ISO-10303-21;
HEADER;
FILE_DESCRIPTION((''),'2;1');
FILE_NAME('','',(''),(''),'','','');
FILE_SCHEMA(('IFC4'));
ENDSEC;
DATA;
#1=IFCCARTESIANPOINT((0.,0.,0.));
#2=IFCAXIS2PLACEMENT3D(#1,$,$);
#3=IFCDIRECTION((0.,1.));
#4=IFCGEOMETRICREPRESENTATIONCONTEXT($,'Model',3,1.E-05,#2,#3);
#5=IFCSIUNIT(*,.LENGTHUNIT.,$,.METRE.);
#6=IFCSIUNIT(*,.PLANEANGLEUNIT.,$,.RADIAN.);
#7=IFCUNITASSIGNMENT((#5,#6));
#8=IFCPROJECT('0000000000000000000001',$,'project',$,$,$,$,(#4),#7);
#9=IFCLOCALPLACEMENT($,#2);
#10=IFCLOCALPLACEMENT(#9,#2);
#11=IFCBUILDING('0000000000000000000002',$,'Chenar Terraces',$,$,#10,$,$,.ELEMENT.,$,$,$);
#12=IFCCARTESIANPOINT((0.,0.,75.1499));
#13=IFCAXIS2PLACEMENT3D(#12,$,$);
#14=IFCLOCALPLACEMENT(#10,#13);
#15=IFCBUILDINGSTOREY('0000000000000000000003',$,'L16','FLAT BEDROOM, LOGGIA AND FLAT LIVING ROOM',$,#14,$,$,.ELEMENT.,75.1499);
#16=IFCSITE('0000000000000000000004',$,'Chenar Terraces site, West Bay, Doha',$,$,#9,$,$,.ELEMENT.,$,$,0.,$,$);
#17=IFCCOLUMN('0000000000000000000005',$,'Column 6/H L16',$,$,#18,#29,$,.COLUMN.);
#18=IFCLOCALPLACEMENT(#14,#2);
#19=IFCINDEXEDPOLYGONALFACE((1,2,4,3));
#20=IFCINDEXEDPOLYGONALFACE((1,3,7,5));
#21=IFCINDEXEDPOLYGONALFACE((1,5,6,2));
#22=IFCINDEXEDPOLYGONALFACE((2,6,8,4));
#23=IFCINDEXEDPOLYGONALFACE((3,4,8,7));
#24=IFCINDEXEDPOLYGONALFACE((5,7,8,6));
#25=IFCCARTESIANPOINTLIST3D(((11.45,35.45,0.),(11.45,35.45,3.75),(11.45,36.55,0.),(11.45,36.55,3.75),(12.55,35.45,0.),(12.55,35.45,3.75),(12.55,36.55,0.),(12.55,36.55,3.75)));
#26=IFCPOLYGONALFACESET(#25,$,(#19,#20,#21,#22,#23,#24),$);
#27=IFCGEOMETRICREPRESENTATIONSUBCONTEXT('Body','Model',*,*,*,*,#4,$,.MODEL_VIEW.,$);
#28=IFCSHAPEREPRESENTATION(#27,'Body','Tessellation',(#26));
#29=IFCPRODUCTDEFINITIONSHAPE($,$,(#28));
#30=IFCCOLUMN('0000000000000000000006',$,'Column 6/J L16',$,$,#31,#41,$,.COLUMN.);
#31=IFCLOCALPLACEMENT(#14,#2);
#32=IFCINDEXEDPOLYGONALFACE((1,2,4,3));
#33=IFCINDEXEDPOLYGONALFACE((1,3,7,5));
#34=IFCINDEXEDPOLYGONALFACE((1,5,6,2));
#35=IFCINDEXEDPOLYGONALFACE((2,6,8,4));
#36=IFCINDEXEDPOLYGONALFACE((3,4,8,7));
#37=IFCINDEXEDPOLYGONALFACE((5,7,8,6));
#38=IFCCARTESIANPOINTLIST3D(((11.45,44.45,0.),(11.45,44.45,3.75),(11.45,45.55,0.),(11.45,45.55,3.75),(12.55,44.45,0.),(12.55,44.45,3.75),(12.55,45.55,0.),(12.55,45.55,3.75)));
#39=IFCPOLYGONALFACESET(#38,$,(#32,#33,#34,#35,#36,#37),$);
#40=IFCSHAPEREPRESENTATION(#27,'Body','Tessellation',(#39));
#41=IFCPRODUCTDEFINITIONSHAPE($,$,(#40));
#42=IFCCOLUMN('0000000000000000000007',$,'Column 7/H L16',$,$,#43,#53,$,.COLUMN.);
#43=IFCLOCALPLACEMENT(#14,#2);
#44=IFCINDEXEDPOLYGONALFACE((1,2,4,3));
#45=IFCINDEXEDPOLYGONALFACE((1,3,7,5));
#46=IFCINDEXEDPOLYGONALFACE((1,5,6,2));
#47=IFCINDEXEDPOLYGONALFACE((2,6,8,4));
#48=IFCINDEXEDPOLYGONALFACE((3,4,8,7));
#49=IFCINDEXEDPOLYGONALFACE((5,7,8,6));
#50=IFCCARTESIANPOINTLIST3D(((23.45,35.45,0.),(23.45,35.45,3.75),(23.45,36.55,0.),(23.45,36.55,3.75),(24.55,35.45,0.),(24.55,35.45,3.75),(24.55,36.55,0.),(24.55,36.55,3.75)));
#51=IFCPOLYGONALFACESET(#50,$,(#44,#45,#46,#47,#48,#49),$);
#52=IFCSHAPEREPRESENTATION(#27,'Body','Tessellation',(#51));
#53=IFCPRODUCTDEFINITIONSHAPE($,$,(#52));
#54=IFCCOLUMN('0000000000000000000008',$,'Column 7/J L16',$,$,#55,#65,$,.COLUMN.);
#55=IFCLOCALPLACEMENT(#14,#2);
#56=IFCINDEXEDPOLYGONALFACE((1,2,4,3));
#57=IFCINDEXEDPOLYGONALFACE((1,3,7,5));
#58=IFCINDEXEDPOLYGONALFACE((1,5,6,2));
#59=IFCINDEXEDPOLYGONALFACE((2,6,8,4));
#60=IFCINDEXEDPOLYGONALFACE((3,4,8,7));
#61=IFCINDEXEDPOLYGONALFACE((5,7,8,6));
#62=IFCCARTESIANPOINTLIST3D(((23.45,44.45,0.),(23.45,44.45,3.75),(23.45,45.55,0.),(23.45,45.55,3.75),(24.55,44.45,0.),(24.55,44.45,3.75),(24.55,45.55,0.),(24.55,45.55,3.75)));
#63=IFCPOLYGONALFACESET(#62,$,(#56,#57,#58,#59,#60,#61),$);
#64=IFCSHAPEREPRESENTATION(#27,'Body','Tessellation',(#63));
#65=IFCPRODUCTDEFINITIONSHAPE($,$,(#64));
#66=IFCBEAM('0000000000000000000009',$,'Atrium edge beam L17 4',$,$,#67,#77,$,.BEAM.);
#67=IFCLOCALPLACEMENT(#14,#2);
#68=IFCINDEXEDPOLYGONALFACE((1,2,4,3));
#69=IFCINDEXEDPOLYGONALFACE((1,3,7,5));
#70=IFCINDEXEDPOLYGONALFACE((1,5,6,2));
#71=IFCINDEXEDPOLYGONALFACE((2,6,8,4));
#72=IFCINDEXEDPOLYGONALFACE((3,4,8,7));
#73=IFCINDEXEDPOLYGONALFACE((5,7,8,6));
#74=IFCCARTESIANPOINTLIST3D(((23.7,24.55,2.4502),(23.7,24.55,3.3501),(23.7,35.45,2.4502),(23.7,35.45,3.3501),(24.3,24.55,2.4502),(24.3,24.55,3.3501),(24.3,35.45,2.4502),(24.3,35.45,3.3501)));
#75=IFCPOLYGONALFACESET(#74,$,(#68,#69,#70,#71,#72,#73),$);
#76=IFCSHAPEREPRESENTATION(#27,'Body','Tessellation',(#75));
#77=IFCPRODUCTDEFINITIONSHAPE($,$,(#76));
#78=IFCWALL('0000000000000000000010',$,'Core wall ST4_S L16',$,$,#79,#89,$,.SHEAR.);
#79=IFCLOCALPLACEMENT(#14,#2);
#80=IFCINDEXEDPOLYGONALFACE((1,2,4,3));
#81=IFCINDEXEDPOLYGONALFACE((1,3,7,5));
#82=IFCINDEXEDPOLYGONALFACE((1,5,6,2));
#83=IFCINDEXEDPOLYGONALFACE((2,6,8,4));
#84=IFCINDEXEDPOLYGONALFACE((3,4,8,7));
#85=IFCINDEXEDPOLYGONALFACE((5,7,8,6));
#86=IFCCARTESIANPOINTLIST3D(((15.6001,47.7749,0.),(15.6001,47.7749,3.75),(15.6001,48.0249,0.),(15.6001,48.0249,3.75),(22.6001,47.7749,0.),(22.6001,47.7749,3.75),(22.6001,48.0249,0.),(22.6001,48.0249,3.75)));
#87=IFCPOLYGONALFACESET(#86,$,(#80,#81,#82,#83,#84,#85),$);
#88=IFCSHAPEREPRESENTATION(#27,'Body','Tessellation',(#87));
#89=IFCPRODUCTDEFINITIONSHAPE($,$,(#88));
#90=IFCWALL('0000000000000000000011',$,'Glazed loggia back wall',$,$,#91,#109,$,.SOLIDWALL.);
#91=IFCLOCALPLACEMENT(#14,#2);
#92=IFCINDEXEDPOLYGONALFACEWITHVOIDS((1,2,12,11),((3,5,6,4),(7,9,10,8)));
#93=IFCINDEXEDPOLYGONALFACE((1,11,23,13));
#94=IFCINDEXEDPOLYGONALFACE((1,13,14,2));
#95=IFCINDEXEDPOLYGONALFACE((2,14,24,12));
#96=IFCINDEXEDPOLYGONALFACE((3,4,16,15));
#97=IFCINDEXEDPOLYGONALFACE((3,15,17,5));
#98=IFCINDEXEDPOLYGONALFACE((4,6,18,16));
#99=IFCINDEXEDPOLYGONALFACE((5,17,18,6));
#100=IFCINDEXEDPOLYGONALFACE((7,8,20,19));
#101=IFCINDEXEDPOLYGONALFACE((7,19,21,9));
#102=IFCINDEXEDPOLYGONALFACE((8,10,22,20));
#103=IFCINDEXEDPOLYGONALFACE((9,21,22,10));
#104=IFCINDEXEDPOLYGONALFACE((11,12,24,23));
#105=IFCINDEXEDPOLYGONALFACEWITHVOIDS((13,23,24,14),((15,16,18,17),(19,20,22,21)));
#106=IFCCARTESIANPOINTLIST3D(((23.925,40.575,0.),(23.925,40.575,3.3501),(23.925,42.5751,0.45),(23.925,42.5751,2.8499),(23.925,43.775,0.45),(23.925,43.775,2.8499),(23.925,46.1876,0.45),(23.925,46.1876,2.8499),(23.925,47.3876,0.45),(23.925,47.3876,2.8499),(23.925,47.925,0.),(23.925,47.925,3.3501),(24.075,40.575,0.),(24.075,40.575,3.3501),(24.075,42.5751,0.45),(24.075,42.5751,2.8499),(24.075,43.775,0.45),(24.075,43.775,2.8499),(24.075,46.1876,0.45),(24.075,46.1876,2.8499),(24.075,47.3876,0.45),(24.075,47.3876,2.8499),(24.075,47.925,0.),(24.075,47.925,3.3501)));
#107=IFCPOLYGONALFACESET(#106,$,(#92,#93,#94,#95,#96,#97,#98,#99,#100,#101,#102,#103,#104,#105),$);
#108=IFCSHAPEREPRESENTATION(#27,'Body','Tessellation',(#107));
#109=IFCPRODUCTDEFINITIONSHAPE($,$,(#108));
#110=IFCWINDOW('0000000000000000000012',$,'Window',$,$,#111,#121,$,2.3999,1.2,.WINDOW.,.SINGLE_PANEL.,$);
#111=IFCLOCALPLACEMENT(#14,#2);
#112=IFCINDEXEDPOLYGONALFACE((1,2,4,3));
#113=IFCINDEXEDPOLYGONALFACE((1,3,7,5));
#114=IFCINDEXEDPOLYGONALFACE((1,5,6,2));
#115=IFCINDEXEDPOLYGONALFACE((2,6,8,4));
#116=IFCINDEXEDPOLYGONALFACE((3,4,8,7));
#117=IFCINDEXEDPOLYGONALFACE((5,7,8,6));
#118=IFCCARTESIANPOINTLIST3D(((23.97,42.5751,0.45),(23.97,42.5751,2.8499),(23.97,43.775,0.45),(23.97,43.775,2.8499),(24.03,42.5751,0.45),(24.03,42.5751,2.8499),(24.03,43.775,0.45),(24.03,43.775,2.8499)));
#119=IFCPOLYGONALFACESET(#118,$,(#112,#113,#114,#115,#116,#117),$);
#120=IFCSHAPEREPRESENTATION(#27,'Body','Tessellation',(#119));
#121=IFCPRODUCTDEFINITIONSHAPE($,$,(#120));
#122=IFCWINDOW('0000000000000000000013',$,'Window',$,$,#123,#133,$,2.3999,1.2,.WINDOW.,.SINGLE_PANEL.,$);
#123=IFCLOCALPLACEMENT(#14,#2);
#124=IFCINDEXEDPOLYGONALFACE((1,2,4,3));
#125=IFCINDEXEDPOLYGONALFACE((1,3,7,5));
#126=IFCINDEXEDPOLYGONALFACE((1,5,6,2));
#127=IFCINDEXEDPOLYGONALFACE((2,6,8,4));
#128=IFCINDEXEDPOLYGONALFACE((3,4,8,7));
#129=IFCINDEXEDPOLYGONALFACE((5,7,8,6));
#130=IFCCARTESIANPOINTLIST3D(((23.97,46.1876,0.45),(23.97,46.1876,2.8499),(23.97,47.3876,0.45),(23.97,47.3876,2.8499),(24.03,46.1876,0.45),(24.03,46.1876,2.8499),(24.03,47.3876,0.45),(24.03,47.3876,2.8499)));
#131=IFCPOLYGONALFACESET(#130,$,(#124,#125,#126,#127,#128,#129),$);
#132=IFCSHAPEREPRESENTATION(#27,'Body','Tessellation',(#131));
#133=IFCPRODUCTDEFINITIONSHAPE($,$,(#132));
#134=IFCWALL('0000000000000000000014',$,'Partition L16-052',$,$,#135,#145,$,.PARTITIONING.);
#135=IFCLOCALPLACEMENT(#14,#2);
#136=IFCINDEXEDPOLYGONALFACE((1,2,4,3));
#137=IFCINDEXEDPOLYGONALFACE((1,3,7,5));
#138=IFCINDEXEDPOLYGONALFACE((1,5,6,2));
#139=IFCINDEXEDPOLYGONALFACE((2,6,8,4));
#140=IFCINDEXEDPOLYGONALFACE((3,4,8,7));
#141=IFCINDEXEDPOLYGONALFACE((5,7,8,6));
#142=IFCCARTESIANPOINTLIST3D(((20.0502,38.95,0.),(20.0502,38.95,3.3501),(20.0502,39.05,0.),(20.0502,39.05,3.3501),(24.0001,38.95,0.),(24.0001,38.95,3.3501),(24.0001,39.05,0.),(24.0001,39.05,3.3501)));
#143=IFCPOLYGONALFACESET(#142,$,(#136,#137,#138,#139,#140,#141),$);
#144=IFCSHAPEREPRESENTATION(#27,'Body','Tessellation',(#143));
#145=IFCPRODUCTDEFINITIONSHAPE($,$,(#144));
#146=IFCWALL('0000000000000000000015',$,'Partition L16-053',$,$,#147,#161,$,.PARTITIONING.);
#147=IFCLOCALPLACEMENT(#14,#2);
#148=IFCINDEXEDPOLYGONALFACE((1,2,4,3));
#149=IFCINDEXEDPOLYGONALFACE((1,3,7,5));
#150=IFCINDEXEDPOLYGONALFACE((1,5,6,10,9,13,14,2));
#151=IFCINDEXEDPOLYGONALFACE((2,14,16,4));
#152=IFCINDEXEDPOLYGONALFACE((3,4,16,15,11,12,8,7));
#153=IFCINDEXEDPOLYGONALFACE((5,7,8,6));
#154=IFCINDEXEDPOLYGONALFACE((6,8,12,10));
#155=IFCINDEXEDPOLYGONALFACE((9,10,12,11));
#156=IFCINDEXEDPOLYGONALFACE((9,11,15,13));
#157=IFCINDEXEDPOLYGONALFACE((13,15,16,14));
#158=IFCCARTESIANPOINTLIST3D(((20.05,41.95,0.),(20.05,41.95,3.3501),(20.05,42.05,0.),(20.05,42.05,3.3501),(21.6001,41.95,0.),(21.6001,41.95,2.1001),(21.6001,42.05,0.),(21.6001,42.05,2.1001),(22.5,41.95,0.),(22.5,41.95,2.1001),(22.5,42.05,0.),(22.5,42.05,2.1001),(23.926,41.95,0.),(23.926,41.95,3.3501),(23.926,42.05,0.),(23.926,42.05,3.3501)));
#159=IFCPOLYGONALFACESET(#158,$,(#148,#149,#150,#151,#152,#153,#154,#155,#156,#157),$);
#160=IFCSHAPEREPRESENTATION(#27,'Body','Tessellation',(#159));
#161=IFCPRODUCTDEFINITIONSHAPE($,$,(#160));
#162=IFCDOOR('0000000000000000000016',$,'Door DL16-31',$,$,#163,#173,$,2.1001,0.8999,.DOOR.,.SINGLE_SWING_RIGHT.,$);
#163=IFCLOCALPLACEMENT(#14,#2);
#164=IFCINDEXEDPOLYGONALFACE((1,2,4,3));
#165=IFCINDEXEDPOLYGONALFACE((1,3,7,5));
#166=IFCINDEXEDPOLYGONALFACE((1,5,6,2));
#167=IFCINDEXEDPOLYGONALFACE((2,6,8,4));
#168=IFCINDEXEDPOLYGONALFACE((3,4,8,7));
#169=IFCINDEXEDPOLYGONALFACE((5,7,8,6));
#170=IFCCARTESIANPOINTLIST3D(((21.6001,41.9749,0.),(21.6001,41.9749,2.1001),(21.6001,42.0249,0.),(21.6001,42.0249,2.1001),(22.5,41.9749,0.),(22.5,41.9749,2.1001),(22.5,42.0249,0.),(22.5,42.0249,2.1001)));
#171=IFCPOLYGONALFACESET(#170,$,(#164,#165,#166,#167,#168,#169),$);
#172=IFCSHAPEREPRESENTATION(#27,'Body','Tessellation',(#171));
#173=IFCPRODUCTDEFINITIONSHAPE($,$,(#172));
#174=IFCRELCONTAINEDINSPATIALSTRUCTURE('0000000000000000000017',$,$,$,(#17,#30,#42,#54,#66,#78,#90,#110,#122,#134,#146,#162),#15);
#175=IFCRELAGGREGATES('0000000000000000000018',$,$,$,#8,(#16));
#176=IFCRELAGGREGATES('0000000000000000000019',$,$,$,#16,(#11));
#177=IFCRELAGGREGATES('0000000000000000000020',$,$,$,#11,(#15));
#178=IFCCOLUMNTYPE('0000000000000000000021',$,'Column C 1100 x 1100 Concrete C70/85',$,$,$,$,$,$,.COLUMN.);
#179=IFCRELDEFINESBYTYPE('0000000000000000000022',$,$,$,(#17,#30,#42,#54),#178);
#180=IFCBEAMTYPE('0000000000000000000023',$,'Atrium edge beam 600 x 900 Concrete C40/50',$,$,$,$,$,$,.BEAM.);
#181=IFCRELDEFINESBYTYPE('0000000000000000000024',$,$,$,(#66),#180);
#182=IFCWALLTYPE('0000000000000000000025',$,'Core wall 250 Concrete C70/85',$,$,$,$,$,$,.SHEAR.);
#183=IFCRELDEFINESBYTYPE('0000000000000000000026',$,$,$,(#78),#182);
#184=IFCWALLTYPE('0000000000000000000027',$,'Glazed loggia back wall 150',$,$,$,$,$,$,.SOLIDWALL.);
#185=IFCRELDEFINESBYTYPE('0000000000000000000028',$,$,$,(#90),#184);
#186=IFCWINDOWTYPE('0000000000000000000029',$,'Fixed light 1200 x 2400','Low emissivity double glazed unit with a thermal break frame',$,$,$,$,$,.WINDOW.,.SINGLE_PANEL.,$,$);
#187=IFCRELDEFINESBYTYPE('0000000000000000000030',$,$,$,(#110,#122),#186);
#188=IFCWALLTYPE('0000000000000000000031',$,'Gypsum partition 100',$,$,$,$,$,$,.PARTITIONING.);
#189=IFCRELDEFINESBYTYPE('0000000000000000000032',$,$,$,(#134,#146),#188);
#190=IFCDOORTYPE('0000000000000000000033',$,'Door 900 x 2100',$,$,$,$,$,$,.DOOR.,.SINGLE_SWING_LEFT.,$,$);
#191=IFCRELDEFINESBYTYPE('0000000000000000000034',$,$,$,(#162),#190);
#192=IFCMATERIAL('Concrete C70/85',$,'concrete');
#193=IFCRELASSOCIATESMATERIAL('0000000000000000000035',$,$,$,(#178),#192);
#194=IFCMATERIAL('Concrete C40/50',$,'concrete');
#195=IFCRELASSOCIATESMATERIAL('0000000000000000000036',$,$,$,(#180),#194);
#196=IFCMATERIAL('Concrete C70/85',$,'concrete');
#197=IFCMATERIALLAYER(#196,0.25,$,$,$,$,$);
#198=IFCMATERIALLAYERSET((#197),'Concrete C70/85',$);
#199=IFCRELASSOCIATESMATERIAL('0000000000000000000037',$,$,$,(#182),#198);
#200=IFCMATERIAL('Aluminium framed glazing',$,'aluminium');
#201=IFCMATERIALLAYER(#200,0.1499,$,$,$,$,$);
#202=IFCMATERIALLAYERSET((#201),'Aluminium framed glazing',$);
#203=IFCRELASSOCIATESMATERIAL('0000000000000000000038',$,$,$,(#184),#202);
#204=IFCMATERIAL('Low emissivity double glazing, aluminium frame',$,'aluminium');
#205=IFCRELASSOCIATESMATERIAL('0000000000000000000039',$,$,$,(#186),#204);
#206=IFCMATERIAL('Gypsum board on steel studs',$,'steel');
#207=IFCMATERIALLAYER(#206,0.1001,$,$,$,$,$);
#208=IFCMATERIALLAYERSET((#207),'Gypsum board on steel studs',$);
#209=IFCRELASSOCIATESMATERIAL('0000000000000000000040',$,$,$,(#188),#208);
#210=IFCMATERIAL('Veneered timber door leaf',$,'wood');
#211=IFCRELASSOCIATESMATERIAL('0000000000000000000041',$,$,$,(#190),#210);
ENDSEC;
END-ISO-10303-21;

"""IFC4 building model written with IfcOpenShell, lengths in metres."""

from ifc_helpers import new_model, si_unit, direction, frame, frame_2d, origin, origin_2d, place, context, subcontext, project, spatial, rectangle, extrude, material, layer, layer_set, material_profile, profile_set, type_object, element, fill, save


model = new_model("IFC4")

# Units and contexts
model_context = context("Model", 3, precision=1e-05, world=origin(), true_north=direction((0.0, 1.0)))
body_context = subcontext(model_context, "Body", "Model", "MODEL_VIEW")
ifc_project = project(units=[si_unit("LENGTHUNIT", "METRE"), si_unit("PLANEANGLEUNIT", "RADIAN")], contexts=[model_context])

# Site, building, storey
site_placement = place(None, origin())
site = spatial("IfcSite", under=ifc_project, at=site_placement, Name="Chenar Terraces site, West Bay, Doha", CompositionType="ELEMENT", RefElevation=0.0)
building_placement = place(site_placement, origin())
building = spatial("IfcBuilding", under=site, at=building_placement, Name="Chenar Terraces", CompositionType="ELEMENT")
storey_placement = place(building_placement, frame((0.0, 0.0, 75.1499)))
storey = spatial("IfcBuildingStorey", under=building, at=storey_placement, Name="L16", Description="FLAT BEDROOM, LOGGIA AND FLAT LIVING ROOM", CompositionType="ELEMENT", Elevation=75.1499)

# Columns
ifc_material_1 = material(Name="Concrete C70/85", Category="concrete")
ifc_material_profile_1 = material_profile(ifc_material_1, rectangle(XDim=1.1001, YDim=1.1001, at=origin_2d()), Name="C 1100 x 1100")
ifc_profile_set_1 = profile_set([ifc_material_profile_1], Name="Concrete C70/85")
column_type = type_object("IfcColumnType", Name="Column C 1100 x 1100 Concrete C70/85", PredefinedType="COLUMN", material=ifc_profile_set_1)
for number, where, z_axis, x_axis, name in (
    (1, (12.0, 36.0, 0.0), (0.0, 0.0, 1.0), (1.0, 0.0, 0.0), "Column 6/H L16"),
    (2, (12.0, 45.0, 0.0), (0.0, 0.0, 1.0), (1.0, 0.0, 0.0), "Column 6/J L16"),
    (3, (24.0, 36.0, 0.0), (0.0, 0.0, 1.0), (1.0, 0.0, 0.0), "Column 7/H L16"),
    (4, (24.0, 45.0, 0.0), (0.0, 0.0, 1.0), (1.0, 0.0, 0.0), "Column 7/J L16"),
):
    element("IfcColumn", number, at=place(storey_placement, frame(where, z_axis=z_axis, x_axis=x_axis)), inside=storey, type_object=column_type, Name=name, PredefinedType="COLUMN", context=body_context, shape_type="SweptSolid", body=[
        extrude(rectangle(XDim=1.1001, YDim=1.1001, at=origin_2d()), origin(), (0.0, 0.0, 1.0), 3.75),
    ])

# Beam
ifc_material_2 = material(Name="Concrete C40/50", Category="concrete")
ifc_material_profile_2 = material_profile(ifc_material_2, rectangle(XDim=0.6001, YDim=0.8999, at=origin_2d()), Name="RC 600 x 900")
ifc_profile_set_2 = profile_set([ifc_material_profile_2], Name="Concrete C40/50")
beam_type = type_object("IfcBeamType", Name="Atrium edge beam 600 x 900 Concrete C40/50", PredefinedType="BEAM", material=ifc_profile_set_2)
beam_placement = place(storey_placement, frame((24.0, 35.45, 2.9001), z_axis=(0.0, -1.0, 0.0), x_axis=(1.0, 0.0, 0.0)))
element("IfcBeam", 5, at=beam_placement, inside=storey, type_object=beam_type, Name="Atrium edge beam L17 4", PredefinedType="BEAM", context=body_context, shape_type="SweptSolid", body=[
    extrude(rectangle(XDim=0.6001, YDim=0.8999, at=origin_2d()), origin(), (0.0, 0.0, 1.0), 10.8999),
])

# Wall
ifc_material_3 = material(Name="Concrete C70/85", Category="concrete")
ifc_layer_1 = layer(ifc_material_3, 0.25)
ifc_layer_set_1 = layer_set([ifc_layer_1], Name="Concrete C70/85")
wall_type_1 = type_object("IfcWallType", Name="Core wall 250 Concrete C70/85", PredefinedType="SHEAR", material=ifc_layer_set_1)
wall_1_placement = place(storey_placement, frame((15.6001, 47.8999, 0.0), z_axis=(0.0, 0.0, 1.0), x_axis=(1.0, 0.0, 0.0)))
element("IfcWall", 6, at=wall_1_placement, inside=storey, type_object=wall_type_1, Name="Core wall ST4_S L16", PredefinedType="SHEAR", context=body_context, shape_type="SweptSolid", body=[
    extrude(rectangle(XDim=7.0, YDim=0.25, at=frame_2d((3.5, 0.0))), origin(), (0.0, 0.0, 1.0), 3.75),
])

# Wall, openings, windows
ifc_material_4 = material(Name="Aluminium framed glazing", Category="aluminium")
ifc_layer_2 = layer(ifc_material_4, 0.1499)
ifc_layer_set_2 = layer_set([ifc_layer_2], Name="Aluminium framed glazing")
wall_type_2 = type_object("IfcWallType", Name="Glazed loggia back wall 150", PredefinedType="SOLIDWALL", material=ifc_layer_set_2)
wall_2_placement = place(storey_placement, frame((24.0, 40.575, 0.0), z_axis=(0.0, 0.0, 1.0), x_axis=(0.0, 1.0, 0.0)))
wall_2 = element("IfcWall", 7, at=wall_2_placement, inside=storey, type_object=wall_type_2, Name="Glazed loggia back wall", PredefinedType="SOLIDWALL", context=body_context, shape_type="SweptSolid", body=[
    extrude(rectangle(XDim=7.3501, YDim=0.1499, at=frame_2d((3.675, 0.0))), origin(), (0.0, 0.0, 1.0), 3.3501),
])
opening_1_placement = place(wall_2_placement, frame((2.0, 0.0, 0.45)))
opening_1 = element("IfcOpeningElement", 8, at=opening_1_placement, cuts=wall_2, PredefinedType="OPENING", context=body_context, shape_type="SweptSolid", body=[
    extrude(rectangle(XDim=1.2, YDim=2.3999, at=frame_2d((0.6001, 1.2))), frame((0.0, 0.085, 0.0), z_axis=(0.0, -1.0, 0.0), x_axis=(1.0, 0.0, 0.0)), (0.0, 0.0, 1.0), 0.1699),
])
opening_2_placement = place(wall_2_placement, frame((5.6125, 0.0, 0.45)))
opening_2 = element("IfcOpeningElement", 9, at=opening_2_placement, cuts=wall_2, PredefinedType="OPENING", context=body_context, shape_type="SweptSolid", body=[
    extrude(rectangle(XDim=1.2, YDim=2.3999, at=frame_2d((0.6001, 1.2))), frame((0.0, 0.085, 0.0), z_axis=(0.0, -1.0, 0.0), x_axis=(1.0, 0.0, 0.0)), (0.0, 0.0, 1.0), 0.1699),
])
ifc_material_5 = material(Name="Low emissivity double glazing, aluminium frame", Category="aluminium")
window_type = type_object("IfcWindowType", Name="Fixed light 1200 x 2400", Description="Low emissivity double glazed unit with a thermal break frame", PartitioningType="SINGLE_PANEL", PredefinedType="WINDOW", material=ifc_material_5)
window_1_placement = place(opening_1_placement, origin())
window_1 = element("IfcWindow", 10, at=window_1_placement, inside=storey, type_object=window_type, Name="Window", OverallHeight=2.3999, OverallWidth=1.2, PartitioningType="SINGLE_PANEL", PredefinedType="WINDOW", context=body_context, shape_type="SweptSolid", body=[
    extrude(rectangle(XDim=1.2, YDim=2.3999, at=frame_2d((0.6001, 1.2))), frame((0.0, 0.03, 0.0), z_axis=(0.0, -1.0, 0.0), x_axis=(1.0, 0.0, 0.0)), (0.0, 0.0, 1.0), 0.0601),
])
fill(opening_1, window_1)
window_2_placement = place(opening_2_placement, origin())
window_2 = element("IfcWindow", 11, at=window_2_placement, inside=storey, type_object=window_type, Name="Window", OverallHeight=2.3999, OverallWidth=1.2, PartitioningType="SINGLE_PANEL", PredefinedType="WINDOW", context=body_context, shape_type="SweptSolid", body=[
    extrude(rectangle(XDim=1.2, YDim=2.3999, at=frame_2d((0.6001, 1.2))), frame((0.0, 0.03, 0.0), z_axis=(0.0, -1.0, 0.0), x_axis=(1.0, 0.0, 0.0)), (0.0, 0.0, 1.0), 0.0601),
])
fill(opening_2, window_2)

# Wall
ifc_material_6 = material(Name="Gypsum board on steel studs", Category="steel")
ifc_layer_3 = layer(ifc_material_6, 0.1001)
ifc_layer_set_3 = layer_set([ifc_layer_3], Name="Gypsum board on steel studs")
wall_type_3 = type_object("IfcWallType", Name="Gypsum partition 100", PredefinedType="PARTITIONING", material=ifc_layer_set_3)
wall_3_placement = place(storey_placement, frame((20.05, 39.0, 0.0), z_axis=(0.0, 0.0, 1.0), x_axis=(1.0, 0.0, 0.0)))
element("IfcWall", 12, at=wall_3_placement, inside=storey, type_object=wall_type_3, Name="Partition L16-052", PredefinedType="PARTITIONING", context=body_context, shape_type="SweptSolid", body=[
    extrude(rectangle(XDim=3.95, YDim=0.1001, at=frame_2d((1.9751, 0.0))), origin(), (0.0, 0.0, 1.0), 3.3501),
])

# Wall, opening, door
wall_4_placement = place(storey_placement, frame((20.05, 42.0, 0.0), z_axis=(0.0, 0.0, 1.0), x_axis=(1.0, 0.0, 0.0)))
wall_4 = element("IfcWall", 13, at=wall_4_placement, inside=storey, type_object=wall_type_3, Name="Partition L16-053", PredefinedType="PARTITIONING", context=body_context, shape_type="SweptSolid", body=[
    extrude(rectangle(XDim=3.876, YDim=0.1001, at=frame_2d((1.938, 0.0))), origin(), (0.0, 0.0, 1.0), 3.3501),
])
opening_3_placement = place(wall_4_placement, frame((1.55, 0.0, 0.0)))
opening_3 = element("IfcOpeningElement", 14, at=opening_3_placement, cuts=wall_4, PredefinedType="OPENING", context=body_context, shape_type="SweptSolid", body=[
    extrude(rectangle(XDim=0.8999, YDim=2.1001, at=frame_2d((0.45, 1.05))), frame((0.0, 0.0601, 0.0), z_axis=(0.0, -1.0, 0.0), x_axis=(1.0, 0.0, 0.0)), (0.0, 0.0, 1.0), 0.1201),
])
ifc_material_7 = material(Name="Veneered timber door leaf", Category="wood")
door_type_1 = type_object("IfcDoorType", Name="Door 900 x 2100", OperationType="SINGLE_SWING_LEFT", PredefinedType="DOOR", material=ifc_material_7)
door_1_placement = place(opening_3_placement, origin())
door_1 = element("IfcDoor", 15, at=door_1_placement, inside=storey, type_object=door_type_1, Name="Door DL16-31", OperationType="SINGLE_SWING_RIGHT", OverallHeight=2.1001, OverallWidth=0.8999, PredefinedType="DOOR", context=body_context, shape_type="SweptSolid", body=[
    extrude(rectangle(XDim=0.8999, YDim=2.1001, at=frame_2d((0.45, 1.05))), frame((0.0, 0.0249, 0.0), z_axis=(0.0, -1.0, 0.0), x_axis=(1.0, 0.0, 0.0)), (0.0, 0.0, 1.0), 0.05),
])
fill(opening_3, door_1)

save(model, "model.ifc")
